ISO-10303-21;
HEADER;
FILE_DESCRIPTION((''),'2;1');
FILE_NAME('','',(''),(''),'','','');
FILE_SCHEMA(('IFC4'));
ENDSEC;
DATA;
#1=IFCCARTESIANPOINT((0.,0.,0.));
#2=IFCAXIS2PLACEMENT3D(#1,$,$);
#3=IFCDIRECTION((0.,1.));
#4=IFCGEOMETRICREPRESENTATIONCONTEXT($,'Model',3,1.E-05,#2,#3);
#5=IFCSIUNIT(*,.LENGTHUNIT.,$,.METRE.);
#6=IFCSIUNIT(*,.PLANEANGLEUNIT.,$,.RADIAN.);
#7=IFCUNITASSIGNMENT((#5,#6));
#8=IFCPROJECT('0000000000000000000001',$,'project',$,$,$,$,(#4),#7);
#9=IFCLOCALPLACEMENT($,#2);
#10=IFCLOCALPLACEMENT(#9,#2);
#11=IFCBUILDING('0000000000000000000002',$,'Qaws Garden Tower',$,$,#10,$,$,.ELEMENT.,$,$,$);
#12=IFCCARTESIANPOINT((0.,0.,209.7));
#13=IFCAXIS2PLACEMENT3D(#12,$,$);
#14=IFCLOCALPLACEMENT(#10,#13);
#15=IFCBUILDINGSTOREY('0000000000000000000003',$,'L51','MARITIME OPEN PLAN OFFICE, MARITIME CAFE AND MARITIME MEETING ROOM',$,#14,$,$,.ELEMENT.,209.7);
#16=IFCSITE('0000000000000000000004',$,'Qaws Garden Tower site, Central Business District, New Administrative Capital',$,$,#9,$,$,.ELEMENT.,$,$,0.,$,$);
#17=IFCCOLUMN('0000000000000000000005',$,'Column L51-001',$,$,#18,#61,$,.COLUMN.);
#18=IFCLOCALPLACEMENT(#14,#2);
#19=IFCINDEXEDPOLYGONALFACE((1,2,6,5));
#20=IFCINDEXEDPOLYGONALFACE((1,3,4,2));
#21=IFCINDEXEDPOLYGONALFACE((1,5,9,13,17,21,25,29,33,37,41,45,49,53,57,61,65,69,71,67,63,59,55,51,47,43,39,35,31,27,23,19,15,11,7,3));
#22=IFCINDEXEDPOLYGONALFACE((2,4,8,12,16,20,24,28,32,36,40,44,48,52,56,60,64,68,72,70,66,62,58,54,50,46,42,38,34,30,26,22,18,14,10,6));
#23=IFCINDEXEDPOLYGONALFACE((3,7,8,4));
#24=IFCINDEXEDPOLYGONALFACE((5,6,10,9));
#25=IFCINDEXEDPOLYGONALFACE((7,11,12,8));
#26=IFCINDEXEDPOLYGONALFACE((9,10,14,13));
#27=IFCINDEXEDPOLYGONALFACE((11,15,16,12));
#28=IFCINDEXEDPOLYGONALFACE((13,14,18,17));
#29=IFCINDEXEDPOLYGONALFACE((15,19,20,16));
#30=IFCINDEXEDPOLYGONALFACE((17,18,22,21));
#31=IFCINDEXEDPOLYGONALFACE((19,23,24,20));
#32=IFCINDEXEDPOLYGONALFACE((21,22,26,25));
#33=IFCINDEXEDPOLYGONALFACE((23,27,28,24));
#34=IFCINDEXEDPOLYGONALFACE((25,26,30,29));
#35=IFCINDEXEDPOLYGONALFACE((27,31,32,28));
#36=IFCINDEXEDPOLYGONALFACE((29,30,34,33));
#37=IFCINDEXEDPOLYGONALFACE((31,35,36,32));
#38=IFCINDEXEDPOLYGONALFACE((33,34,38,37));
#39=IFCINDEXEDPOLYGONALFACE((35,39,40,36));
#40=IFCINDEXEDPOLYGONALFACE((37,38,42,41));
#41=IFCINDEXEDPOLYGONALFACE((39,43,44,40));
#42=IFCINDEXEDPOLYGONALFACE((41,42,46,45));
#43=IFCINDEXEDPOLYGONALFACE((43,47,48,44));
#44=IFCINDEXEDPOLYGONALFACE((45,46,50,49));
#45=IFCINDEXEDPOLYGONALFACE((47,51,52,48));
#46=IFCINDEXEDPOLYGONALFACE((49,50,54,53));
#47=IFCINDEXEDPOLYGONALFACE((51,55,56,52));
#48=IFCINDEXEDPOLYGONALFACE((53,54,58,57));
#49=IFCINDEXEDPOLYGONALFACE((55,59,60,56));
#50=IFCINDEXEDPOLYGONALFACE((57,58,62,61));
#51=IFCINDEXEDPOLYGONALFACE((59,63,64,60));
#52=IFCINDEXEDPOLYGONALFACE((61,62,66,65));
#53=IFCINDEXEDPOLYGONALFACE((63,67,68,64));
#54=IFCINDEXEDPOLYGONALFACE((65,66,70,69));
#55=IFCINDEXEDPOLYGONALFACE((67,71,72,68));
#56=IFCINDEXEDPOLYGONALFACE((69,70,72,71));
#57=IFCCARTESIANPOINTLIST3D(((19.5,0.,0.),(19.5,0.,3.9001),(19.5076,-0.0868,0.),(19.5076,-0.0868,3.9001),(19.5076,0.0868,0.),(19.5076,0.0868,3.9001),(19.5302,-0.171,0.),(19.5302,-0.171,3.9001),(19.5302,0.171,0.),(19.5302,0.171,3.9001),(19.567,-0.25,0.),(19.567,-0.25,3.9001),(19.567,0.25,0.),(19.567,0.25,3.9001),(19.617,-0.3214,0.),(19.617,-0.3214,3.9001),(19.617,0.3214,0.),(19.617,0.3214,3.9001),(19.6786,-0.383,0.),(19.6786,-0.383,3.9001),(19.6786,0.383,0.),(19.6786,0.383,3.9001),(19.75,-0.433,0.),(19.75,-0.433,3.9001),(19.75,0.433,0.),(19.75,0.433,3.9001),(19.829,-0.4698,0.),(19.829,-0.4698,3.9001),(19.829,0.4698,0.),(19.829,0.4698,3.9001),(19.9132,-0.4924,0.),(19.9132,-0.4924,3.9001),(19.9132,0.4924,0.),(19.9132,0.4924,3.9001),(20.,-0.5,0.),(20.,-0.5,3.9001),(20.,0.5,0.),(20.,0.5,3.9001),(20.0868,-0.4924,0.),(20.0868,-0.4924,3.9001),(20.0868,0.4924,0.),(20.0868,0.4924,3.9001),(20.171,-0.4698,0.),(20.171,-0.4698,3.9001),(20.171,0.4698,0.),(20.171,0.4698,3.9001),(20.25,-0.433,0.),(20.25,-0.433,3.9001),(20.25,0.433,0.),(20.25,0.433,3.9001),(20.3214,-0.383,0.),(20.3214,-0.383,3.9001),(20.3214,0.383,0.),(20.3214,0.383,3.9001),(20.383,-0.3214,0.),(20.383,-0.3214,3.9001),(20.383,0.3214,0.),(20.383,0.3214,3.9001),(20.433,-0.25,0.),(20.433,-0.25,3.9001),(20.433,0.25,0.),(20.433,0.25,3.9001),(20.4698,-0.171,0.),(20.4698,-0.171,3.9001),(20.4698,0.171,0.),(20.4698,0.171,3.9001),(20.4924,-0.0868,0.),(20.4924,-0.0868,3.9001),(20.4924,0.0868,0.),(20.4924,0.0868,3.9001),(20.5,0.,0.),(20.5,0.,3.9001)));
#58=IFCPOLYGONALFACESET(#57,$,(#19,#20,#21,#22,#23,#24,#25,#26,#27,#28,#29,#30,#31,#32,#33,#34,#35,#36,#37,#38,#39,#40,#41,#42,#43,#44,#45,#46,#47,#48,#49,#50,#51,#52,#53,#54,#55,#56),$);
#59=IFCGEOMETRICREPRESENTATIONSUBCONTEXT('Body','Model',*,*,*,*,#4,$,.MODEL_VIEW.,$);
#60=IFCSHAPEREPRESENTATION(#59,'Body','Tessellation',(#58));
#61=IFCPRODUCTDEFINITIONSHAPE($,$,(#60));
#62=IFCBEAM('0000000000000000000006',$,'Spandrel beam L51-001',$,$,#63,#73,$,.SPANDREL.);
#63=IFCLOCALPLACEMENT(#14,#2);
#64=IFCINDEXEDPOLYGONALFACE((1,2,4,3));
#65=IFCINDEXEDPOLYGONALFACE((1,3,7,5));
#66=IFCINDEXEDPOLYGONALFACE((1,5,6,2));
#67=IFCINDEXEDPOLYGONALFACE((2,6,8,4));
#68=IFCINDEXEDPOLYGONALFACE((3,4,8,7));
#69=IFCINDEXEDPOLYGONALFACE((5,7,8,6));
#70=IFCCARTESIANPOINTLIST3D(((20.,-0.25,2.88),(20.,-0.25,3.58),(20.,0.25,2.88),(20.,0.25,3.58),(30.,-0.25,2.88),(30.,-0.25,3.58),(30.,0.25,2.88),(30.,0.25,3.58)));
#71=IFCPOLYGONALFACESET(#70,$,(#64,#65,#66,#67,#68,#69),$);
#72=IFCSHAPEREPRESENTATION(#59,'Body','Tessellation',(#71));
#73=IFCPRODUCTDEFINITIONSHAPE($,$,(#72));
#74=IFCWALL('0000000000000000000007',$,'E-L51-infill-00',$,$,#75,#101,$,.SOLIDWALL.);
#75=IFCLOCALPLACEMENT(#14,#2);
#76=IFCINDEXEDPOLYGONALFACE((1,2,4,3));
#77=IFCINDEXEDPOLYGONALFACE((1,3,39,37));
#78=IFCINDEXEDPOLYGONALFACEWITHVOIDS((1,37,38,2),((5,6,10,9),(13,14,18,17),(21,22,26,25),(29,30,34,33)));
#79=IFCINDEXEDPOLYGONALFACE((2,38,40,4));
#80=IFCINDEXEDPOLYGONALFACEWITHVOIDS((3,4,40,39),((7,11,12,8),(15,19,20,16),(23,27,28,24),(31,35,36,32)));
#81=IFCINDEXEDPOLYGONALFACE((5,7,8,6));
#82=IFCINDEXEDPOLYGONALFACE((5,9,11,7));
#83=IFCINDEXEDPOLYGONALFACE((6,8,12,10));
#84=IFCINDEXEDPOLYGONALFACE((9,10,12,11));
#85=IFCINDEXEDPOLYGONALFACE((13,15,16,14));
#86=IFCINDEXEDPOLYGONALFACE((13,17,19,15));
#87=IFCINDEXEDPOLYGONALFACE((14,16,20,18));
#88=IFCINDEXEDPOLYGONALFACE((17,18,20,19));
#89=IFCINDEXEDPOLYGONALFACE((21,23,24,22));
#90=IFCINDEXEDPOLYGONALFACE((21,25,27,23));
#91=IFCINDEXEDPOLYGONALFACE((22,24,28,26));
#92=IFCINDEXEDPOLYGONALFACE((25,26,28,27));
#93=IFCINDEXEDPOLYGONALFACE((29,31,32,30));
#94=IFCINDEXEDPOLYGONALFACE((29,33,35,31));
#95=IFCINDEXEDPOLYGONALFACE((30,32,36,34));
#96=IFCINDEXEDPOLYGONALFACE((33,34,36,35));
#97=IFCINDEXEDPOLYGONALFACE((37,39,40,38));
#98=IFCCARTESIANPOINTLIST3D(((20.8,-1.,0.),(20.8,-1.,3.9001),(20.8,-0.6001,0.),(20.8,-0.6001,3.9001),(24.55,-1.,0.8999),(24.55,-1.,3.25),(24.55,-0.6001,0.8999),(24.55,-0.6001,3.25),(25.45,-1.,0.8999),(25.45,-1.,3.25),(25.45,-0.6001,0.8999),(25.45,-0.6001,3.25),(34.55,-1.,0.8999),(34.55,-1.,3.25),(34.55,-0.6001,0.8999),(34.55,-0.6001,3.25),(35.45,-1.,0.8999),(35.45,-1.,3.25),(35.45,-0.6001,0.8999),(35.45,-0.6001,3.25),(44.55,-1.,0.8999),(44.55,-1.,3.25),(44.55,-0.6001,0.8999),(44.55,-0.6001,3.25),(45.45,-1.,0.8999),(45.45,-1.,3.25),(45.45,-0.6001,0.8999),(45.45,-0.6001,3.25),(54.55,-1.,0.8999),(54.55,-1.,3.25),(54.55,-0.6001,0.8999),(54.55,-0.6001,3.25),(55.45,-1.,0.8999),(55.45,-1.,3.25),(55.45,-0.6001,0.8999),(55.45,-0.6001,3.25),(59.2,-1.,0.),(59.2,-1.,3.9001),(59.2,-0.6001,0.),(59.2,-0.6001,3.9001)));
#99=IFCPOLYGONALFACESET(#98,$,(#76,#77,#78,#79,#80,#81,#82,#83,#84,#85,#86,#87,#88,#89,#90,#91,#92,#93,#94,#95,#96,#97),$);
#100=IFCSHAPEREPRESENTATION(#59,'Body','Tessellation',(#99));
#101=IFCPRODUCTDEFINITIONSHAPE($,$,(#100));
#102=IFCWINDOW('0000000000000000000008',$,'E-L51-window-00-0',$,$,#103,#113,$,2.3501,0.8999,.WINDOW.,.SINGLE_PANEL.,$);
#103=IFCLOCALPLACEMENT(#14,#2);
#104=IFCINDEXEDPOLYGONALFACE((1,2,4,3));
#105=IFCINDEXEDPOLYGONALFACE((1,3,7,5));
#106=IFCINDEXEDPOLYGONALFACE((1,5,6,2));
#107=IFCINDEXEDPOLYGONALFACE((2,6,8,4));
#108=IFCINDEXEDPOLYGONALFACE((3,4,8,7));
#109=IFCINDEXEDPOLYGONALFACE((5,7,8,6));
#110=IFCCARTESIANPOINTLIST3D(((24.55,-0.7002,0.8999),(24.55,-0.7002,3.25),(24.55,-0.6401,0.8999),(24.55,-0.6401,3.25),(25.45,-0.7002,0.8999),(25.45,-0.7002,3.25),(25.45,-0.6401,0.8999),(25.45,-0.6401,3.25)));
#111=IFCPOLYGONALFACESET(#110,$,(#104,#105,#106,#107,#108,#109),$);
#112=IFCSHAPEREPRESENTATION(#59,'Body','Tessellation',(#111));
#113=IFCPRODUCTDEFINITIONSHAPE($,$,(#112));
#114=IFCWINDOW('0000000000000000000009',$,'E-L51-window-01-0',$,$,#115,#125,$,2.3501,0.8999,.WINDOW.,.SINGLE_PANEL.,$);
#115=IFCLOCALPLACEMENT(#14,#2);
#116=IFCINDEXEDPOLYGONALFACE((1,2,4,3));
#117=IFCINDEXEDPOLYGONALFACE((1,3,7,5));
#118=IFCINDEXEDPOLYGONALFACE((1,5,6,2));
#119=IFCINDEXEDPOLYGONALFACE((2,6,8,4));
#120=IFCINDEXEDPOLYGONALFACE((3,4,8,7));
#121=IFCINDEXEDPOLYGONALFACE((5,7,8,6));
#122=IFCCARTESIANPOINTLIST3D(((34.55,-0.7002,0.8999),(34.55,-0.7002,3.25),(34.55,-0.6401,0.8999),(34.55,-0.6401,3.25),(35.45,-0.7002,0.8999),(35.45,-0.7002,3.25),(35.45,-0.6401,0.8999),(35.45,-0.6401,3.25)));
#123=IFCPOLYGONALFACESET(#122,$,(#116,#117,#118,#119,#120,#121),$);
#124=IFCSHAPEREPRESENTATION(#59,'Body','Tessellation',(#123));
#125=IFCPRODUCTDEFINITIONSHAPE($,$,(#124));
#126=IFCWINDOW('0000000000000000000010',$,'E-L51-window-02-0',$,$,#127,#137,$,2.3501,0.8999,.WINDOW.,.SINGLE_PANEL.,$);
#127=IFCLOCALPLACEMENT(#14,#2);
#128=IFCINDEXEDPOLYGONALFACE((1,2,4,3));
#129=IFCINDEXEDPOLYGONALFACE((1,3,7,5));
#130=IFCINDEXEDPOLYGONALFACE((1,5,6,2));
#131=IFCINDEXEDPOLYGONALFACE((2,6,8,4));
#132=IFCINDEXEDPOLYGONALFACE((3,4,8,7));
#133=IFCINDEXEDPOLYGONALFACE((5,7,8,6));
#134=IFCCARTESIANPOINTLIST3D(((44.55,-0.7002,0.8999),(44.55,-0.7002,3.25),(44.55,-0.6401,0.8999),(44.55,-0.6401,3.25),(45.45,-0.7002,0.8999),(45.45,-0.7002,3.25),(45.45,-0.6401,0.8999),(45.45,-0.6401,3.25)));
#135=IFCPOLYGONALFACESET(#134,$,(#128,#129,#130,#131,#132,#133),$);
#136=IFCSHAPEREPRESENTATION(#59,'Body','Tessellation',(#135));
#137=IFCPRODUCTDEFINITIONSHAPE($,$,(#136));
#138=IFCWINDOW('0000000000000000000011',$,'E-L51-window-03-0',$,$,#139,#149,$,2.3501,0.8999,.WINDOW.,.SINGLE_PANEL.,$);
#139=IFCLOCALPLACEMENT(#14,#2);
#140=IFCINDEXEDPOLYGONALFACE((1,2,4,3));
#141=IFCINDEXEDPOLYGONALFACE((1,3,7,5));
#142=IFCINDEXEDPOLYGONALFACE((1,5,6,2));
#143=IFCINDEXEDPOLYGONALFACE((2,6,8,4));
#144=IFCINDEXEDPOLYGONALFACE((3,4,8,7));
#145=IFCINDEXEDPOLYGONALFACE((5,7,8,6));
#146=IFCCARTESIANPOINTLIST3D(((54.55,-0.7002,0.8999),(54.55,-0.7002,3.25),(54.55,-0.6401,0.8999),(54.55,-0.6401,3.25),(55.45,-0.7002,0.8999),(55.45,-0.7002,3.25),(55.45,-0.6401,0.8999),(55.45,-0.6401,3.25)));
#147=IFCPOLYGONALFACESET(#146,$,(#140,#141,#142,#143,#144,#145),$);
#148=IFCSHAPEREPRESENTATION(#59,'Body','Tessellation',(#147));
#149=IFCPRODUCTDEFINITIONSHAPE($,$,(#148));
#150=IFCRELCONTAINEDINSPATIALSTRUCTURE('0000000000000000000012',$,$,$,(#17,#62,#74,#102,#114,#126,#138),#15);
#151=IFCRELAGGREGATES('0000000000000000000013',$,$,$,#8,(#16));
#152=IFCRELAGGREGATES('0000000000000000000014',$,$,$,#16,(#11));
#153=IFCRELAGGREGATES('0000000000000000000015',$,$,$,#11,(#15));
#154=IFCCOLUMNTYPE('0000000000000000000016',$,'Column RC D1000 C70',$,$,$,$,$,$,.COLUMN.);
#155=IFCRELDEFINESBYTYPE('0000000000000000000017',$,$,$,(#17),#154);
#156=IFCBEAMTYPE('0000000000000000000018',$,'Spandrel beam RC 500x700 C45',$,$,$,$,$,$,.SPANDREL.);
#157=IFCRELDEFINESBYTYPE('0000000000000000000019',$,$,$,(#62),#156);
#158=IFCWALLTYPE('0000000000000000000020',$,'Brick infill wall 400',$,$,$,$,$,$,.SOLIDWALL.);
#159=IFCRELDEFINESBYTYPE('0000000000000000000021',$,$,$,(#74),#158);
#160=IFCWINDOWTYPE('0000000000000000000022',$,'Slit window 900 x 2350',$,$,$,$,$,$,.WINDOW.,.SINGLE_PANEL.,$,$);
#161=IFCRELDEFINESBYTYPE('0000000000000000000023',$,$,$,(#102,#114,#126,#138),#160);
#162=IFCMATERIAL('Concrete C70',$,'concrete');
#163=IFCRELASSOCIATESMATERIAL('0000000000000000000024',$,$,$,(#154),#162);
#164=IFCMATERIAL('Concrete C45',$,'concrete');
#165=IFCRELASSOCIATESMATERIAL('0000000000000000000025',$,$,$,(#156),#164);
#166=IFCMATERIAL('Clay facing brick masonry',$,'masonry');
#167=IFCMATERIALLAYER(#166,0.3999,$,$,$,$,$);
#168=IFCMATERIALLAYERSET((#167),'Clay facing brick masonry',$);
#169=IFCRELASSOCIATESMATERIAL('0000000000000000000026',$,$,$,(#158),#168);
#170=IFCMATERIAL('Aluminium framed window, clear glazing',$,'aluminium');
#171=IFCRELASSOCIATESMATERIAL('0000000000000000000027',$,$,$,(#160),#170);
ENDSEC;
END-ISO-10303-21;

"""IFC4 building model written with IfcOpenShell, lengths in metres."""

from ifc_helpers import new_model, si_unit, direction, frame, frame_2d, origin, origin_2d, place, context, subcontext, project, spatial, rectangle, circle, extrude, material, layer, layer_set, material_profile, profile_set, type_object, element, fill, save


model = new_model("IFC4")

# Units and contexts
model_context = context("Model", 3, precision=1e-05, world=origin(), true_north=direction((0.0, 1.0)))
body_context = subcontext(model_context, "Body", "Model", "MODEL_VIEW")
ifc_project = project(units=[si_unit("LENGTHUNIT", "METRE"), si_unit("PLANEANGLEUNIT", "RADIAN")], contexts=[model_context])

# Site, building, storey
site_placement = place(None, origin())
site = spatial("IfcSite", under=ifc_project, at=site_placement, Name="Qaws Garden Tower site, Central Business District, New Administrative Capital", CompositionType="ELEMENT", RefElevation=0.0)
building_placement = place(site_placement, origin())
building = spatial("IfcBuilding", under=site, at=building_placement, Name="Qaws Garden Tower", CompositionType="ELEMENT")
storey_placement = place(building_placement, frame((0.0, 0.0, 209.7)))
storey = spatial("IfcBuildingStorey", under=building, at=storey_placement, Name="L51", Description="MARITIME OPEN PLAN OFFICE, MARITIME CAFE AND MARITIME MEETING ROOM", CompositionType="ELEMENT", Elevation=209.7)

# Column
ifc_material_1 = material(Name="Concrete C70", Category="concrete")
ifc_material_profile_1 = material_profile(ifc_material_1, circle(Radius=0.5, at=origin_2d()), Name="RC D1000")
ifc_profile_set_1 = profile_set([ifc_material_profile_1], Name="Concrete C70")
column_type = type_object("IfcColumnType", Name="Column RC D1000 C70", PredefinedType="COLUMN", material=ifc_profile_set_1)
column_placement = place(storey_placement, frame((20.0, 0.0, 0.0), z_axis=(0.0, 0.0, 1.0), x_axis=(1.0, 0.0, 0.0)))
element("IfcColumn", 1, at=column_placement, inside=storey, type_object=column_type, Name="Column L51-001", PredefinedType="COLUMN", context=body_context, shape_type="SweptSolid", body=[
    extrude(circle(Radius=0.5, at=origin_2d()), origin(), (0.0, 0.0, 1.0), 3.9001),
])

# Beam
ifc_material_2 = material(Name="Concrete C45", Category="concrete")
ifc_material_profile_2 = material_profile(ifc_material_2, rectangle(XDim=0.5, YDim=0.7, at=origin_2d()), Name="RC 500x700")
ifc_profile_set_2 = profile_set([ifc_material_profile_2], Name="Concrete C45")
beam_type = type_object("IfcBeamType", Name="Spandrel beam RC 500x700 C45", PredefinedType="SPANDREL", material=ifc_profile_set_2)
beam_placement = place(storey_placement, frame((20.0, 0.0, 3.23), z_axis=(1.0, 0.0, 0.0), x_axis=(0.0, 1.0, 0.0)))
element("IfcBeam", 2, at=beam_placement, inside=storey, type_object=beam_type, Name="Spandrel beam L51-001", PredefinedType="SPANDREL", context=body_context, shape_type="SweptSolid", body=[
    extrude(rectangle(XDim=0.5, YDim=0.7, at=origin_2d()), origin(), (0.0, 0.0, 1.0), 10.0),
])

# Wall, openings, windows
ifc_material_3 = material(Name="Clay facing brick masonry", Category="masonry")
ifc_layer_1 = layer(ifc_material_3, 0.3999)
ifc_layer_set_1 = layer_set([ifc_layer_1], Name="Clay facing brick masonry")
wall_type_1 = type_object("IfcWallType", Name="Brick infill wall 400", PredefinedType="SOLIDWALL", material=ifc_layer_set_1)
wall_1_placement = place(storey_placement, frame((20.8, -0.8, 0.0), z_axis=(0.0, 0.0, 1.0), x_axis=(1.0, 0.0, 0.0)))
wall_1 = element("IfcWall", 3, at=wall_1_placement, inside=storey, type_object=wall_type_1, Name="E-L51-infill-00", PredefinedType="SOLIDWALL", context=body_context, shape_type="SweptSolid", body=[
    extrude(rectangle(XDim=38.3999, YDim=0.3999, at=frame_2d((19.2, 0.0))), origin(), (0.0, 0.0, 1.0), 3.9001),
])
opening_1_placement = place(wall_1_placement, frame((3.75, 0.0, 0.8999)))
opening_1 = element("IfcOpeningElement", 4, at=opening_1_placement, cuts=wall_1, PredefinedType="OPENING", context=body_context, shape_type="SweptSolid", body=[
    extrude(rectangle(XDim=0.8999, YDim=2.3501, at=frame_2d((0.45, 1.175))), frame((0.0, 0.21, 0.0), z_axis=(0.0, -1.0, 0.0), x_axis=(1.0, 0.0, 0.0)), (0.0, 0.0, 1.0), 0.4199),
])
opening_2_placement = place(wall_1_placement, frame((13.75, 0.0, 0.8999)))
opening_2 = element("IfcOpeningElement", 5, at=opening_2_placement, cuts=wall_1, PredefinedType="OPENING", context=body_context, shape_type="SweptSolid", body=[
    extrude(rectangle(XDim=0.8999, YDim=2.3501, at=frame_2d((0.45, 1.175))), frame((0.0, 0.21, 0.0), z_axis=(0.0, -1.0, 0.0), x_axis=(1.0, 0.0, 0.0)), (0.0, 0.0, 1.0), 0.4199),
])
opening_3_placement = place(wall_1_placement, frame((23.75, 0.0, 0.8999)))
opening_3 = element("IfcOpeningElement", 6, at=opening_3_placement, cuts=wall_1, PredefinedType="OPENING", context=body_context, shape_type="SweptSolid", body=[
    extrude(rectangle(XDim=0.8999, YDim=2.3501, at=frame_2d((0.45, 1.175))), frame((0.0, 0.21, 0.0), z_axis=(0.0, -1.0, 0.0), x_axis=(1.0, 0.0, 0.0)), (0.0, 0.0, 1.0), 0.4199),
])
opening_4_placement = place(wall_1_placement, frame((33.75, 0.0, 0.8999)))
opening_4 = element("IfcOpeningElement", 7, at=opening_4_placement, cuts=wall_1, PredefinedType="OPENING", context=body_context, shape_type="SweptSolid", body=[
    extrude(rectangle(XDim=0.8999, YDim=2.3501, at=frame_2d((0.45, 1.175))), frame((0.0, 0.21, 0.0), z_axis=(0.0, -1.0, 0.0), x_axis=(1.0, 0.0, 0.0)), (0.0, 0.0, 1.0), 0.4199),
])
ifc_material_4 = material(Name="Aluminium framed window, clear glazing", Category="aluminium")
window_type = type_object("IfcWindowType", Name="Slit window 900 x 2350", PartitioningType="SINGLE_PANEL", PredefinedType="WINDOW", material=ifc_material_4)
window_1_placement = place(opening_1_placement, origin())
window_1 = element("IfcWindow", 8, at=window_1_placement, inside=storey, type_object=window_type, Name="E-L51-window-00-0", OverallHeight=2.3501, OverallWidth=0.8999, PartitioningType="SINGLE_PANEL", PredefinedType="WINDOW", context=body_context, shape_type="SweptSolid", body=[
    extrude(rectangle(XDim=0.8999, YDim=2.3501, at=frame_2d((0.45, 1.175))), frame((0.0, 0.1599, 0.0), z_axis=(0.0, -1.0, 0.0), x_axis=(1.0, 0.0, 0.0)), (0.0, 0.0, 1.0), 0.0601),
])
fill(opening_1, window_1)
window_2_placement = place(opening_2_placement, origin())
window_2 = element("IfcWindow", 9, at=window_2_placement, inside=storey, type_object=window_type, Name="E-L51-window-01-0", OverallHeight=2.3501, OverallWidth=0.8999, PartitioningType="SINGLE_PANEL", PredefinedType="WINDOW", context=body_context, shape_type="SweptSolid", body=[
    extrude(rectangle(XDim=0.8999, YDim=2.3501, at=frame_2d((0.45, 1.175))), frame((0.0, 0.1599, 0.0), z_axis=(0.0, -1.0, 0.0), x_axis=(1.0, 0.0, 0.0)), (0.0, 0.0, 1.0), 0.0601),
])
fill(opening_2, window_2)
window_3_placement = place(opening_3_placement, origin())
window_3 = element("IfcWindow", 10, at=window_3_placement, inside=storey, type_object=window_type, Name="E-L51-window-02-0", OverallHeight=2.3501, OverallWidth=0.8999, PartitioningType="SINGLE_PANEL", PredefinedType="WINDOW", context=body_context, shape_type="SweptSolid", body=[
    extrude(rectangle(XDim=0.8999, YDim=2.3501, at=frame_2d((0.45, 1.175))), frame((0.0, 0.1599, 0.0), z_axis=(0.0, -1.0, 0.0), x_axis=(1.0, 0.0, 0.0)), (0.0, 0.0, 1.0), 0.0601),
])
fill(opening_3, window_3)
window_4_placement = place(opening_4_placement, origin())
window_4 = element("IfcWindow", 11, at=window_4_placement, inside=storey, type_object=window_type, Name="E-L51-window-03-0", OverallHeight=2.3501, OverallWidth=0.8999, PartitioningType="SINGLE_PANEL", PredefinedType="WINDOW", context=body_context, shape_type="SweptSolid", body=[
    extrude(rectangle(XDim=0.8999, YDim=2.3501, at=frame_2d((0.45, 1.175))), frame((0.0, 0.1599, 0.0), z_axis=(0.0, -1.0, 0.0), x_axis=(1.0, 0.0, 0.0)), (0.0, 0.0, 1.0), 0.0601),
])
fill(opening_4, window_4)

save(model, "model.ifc")
